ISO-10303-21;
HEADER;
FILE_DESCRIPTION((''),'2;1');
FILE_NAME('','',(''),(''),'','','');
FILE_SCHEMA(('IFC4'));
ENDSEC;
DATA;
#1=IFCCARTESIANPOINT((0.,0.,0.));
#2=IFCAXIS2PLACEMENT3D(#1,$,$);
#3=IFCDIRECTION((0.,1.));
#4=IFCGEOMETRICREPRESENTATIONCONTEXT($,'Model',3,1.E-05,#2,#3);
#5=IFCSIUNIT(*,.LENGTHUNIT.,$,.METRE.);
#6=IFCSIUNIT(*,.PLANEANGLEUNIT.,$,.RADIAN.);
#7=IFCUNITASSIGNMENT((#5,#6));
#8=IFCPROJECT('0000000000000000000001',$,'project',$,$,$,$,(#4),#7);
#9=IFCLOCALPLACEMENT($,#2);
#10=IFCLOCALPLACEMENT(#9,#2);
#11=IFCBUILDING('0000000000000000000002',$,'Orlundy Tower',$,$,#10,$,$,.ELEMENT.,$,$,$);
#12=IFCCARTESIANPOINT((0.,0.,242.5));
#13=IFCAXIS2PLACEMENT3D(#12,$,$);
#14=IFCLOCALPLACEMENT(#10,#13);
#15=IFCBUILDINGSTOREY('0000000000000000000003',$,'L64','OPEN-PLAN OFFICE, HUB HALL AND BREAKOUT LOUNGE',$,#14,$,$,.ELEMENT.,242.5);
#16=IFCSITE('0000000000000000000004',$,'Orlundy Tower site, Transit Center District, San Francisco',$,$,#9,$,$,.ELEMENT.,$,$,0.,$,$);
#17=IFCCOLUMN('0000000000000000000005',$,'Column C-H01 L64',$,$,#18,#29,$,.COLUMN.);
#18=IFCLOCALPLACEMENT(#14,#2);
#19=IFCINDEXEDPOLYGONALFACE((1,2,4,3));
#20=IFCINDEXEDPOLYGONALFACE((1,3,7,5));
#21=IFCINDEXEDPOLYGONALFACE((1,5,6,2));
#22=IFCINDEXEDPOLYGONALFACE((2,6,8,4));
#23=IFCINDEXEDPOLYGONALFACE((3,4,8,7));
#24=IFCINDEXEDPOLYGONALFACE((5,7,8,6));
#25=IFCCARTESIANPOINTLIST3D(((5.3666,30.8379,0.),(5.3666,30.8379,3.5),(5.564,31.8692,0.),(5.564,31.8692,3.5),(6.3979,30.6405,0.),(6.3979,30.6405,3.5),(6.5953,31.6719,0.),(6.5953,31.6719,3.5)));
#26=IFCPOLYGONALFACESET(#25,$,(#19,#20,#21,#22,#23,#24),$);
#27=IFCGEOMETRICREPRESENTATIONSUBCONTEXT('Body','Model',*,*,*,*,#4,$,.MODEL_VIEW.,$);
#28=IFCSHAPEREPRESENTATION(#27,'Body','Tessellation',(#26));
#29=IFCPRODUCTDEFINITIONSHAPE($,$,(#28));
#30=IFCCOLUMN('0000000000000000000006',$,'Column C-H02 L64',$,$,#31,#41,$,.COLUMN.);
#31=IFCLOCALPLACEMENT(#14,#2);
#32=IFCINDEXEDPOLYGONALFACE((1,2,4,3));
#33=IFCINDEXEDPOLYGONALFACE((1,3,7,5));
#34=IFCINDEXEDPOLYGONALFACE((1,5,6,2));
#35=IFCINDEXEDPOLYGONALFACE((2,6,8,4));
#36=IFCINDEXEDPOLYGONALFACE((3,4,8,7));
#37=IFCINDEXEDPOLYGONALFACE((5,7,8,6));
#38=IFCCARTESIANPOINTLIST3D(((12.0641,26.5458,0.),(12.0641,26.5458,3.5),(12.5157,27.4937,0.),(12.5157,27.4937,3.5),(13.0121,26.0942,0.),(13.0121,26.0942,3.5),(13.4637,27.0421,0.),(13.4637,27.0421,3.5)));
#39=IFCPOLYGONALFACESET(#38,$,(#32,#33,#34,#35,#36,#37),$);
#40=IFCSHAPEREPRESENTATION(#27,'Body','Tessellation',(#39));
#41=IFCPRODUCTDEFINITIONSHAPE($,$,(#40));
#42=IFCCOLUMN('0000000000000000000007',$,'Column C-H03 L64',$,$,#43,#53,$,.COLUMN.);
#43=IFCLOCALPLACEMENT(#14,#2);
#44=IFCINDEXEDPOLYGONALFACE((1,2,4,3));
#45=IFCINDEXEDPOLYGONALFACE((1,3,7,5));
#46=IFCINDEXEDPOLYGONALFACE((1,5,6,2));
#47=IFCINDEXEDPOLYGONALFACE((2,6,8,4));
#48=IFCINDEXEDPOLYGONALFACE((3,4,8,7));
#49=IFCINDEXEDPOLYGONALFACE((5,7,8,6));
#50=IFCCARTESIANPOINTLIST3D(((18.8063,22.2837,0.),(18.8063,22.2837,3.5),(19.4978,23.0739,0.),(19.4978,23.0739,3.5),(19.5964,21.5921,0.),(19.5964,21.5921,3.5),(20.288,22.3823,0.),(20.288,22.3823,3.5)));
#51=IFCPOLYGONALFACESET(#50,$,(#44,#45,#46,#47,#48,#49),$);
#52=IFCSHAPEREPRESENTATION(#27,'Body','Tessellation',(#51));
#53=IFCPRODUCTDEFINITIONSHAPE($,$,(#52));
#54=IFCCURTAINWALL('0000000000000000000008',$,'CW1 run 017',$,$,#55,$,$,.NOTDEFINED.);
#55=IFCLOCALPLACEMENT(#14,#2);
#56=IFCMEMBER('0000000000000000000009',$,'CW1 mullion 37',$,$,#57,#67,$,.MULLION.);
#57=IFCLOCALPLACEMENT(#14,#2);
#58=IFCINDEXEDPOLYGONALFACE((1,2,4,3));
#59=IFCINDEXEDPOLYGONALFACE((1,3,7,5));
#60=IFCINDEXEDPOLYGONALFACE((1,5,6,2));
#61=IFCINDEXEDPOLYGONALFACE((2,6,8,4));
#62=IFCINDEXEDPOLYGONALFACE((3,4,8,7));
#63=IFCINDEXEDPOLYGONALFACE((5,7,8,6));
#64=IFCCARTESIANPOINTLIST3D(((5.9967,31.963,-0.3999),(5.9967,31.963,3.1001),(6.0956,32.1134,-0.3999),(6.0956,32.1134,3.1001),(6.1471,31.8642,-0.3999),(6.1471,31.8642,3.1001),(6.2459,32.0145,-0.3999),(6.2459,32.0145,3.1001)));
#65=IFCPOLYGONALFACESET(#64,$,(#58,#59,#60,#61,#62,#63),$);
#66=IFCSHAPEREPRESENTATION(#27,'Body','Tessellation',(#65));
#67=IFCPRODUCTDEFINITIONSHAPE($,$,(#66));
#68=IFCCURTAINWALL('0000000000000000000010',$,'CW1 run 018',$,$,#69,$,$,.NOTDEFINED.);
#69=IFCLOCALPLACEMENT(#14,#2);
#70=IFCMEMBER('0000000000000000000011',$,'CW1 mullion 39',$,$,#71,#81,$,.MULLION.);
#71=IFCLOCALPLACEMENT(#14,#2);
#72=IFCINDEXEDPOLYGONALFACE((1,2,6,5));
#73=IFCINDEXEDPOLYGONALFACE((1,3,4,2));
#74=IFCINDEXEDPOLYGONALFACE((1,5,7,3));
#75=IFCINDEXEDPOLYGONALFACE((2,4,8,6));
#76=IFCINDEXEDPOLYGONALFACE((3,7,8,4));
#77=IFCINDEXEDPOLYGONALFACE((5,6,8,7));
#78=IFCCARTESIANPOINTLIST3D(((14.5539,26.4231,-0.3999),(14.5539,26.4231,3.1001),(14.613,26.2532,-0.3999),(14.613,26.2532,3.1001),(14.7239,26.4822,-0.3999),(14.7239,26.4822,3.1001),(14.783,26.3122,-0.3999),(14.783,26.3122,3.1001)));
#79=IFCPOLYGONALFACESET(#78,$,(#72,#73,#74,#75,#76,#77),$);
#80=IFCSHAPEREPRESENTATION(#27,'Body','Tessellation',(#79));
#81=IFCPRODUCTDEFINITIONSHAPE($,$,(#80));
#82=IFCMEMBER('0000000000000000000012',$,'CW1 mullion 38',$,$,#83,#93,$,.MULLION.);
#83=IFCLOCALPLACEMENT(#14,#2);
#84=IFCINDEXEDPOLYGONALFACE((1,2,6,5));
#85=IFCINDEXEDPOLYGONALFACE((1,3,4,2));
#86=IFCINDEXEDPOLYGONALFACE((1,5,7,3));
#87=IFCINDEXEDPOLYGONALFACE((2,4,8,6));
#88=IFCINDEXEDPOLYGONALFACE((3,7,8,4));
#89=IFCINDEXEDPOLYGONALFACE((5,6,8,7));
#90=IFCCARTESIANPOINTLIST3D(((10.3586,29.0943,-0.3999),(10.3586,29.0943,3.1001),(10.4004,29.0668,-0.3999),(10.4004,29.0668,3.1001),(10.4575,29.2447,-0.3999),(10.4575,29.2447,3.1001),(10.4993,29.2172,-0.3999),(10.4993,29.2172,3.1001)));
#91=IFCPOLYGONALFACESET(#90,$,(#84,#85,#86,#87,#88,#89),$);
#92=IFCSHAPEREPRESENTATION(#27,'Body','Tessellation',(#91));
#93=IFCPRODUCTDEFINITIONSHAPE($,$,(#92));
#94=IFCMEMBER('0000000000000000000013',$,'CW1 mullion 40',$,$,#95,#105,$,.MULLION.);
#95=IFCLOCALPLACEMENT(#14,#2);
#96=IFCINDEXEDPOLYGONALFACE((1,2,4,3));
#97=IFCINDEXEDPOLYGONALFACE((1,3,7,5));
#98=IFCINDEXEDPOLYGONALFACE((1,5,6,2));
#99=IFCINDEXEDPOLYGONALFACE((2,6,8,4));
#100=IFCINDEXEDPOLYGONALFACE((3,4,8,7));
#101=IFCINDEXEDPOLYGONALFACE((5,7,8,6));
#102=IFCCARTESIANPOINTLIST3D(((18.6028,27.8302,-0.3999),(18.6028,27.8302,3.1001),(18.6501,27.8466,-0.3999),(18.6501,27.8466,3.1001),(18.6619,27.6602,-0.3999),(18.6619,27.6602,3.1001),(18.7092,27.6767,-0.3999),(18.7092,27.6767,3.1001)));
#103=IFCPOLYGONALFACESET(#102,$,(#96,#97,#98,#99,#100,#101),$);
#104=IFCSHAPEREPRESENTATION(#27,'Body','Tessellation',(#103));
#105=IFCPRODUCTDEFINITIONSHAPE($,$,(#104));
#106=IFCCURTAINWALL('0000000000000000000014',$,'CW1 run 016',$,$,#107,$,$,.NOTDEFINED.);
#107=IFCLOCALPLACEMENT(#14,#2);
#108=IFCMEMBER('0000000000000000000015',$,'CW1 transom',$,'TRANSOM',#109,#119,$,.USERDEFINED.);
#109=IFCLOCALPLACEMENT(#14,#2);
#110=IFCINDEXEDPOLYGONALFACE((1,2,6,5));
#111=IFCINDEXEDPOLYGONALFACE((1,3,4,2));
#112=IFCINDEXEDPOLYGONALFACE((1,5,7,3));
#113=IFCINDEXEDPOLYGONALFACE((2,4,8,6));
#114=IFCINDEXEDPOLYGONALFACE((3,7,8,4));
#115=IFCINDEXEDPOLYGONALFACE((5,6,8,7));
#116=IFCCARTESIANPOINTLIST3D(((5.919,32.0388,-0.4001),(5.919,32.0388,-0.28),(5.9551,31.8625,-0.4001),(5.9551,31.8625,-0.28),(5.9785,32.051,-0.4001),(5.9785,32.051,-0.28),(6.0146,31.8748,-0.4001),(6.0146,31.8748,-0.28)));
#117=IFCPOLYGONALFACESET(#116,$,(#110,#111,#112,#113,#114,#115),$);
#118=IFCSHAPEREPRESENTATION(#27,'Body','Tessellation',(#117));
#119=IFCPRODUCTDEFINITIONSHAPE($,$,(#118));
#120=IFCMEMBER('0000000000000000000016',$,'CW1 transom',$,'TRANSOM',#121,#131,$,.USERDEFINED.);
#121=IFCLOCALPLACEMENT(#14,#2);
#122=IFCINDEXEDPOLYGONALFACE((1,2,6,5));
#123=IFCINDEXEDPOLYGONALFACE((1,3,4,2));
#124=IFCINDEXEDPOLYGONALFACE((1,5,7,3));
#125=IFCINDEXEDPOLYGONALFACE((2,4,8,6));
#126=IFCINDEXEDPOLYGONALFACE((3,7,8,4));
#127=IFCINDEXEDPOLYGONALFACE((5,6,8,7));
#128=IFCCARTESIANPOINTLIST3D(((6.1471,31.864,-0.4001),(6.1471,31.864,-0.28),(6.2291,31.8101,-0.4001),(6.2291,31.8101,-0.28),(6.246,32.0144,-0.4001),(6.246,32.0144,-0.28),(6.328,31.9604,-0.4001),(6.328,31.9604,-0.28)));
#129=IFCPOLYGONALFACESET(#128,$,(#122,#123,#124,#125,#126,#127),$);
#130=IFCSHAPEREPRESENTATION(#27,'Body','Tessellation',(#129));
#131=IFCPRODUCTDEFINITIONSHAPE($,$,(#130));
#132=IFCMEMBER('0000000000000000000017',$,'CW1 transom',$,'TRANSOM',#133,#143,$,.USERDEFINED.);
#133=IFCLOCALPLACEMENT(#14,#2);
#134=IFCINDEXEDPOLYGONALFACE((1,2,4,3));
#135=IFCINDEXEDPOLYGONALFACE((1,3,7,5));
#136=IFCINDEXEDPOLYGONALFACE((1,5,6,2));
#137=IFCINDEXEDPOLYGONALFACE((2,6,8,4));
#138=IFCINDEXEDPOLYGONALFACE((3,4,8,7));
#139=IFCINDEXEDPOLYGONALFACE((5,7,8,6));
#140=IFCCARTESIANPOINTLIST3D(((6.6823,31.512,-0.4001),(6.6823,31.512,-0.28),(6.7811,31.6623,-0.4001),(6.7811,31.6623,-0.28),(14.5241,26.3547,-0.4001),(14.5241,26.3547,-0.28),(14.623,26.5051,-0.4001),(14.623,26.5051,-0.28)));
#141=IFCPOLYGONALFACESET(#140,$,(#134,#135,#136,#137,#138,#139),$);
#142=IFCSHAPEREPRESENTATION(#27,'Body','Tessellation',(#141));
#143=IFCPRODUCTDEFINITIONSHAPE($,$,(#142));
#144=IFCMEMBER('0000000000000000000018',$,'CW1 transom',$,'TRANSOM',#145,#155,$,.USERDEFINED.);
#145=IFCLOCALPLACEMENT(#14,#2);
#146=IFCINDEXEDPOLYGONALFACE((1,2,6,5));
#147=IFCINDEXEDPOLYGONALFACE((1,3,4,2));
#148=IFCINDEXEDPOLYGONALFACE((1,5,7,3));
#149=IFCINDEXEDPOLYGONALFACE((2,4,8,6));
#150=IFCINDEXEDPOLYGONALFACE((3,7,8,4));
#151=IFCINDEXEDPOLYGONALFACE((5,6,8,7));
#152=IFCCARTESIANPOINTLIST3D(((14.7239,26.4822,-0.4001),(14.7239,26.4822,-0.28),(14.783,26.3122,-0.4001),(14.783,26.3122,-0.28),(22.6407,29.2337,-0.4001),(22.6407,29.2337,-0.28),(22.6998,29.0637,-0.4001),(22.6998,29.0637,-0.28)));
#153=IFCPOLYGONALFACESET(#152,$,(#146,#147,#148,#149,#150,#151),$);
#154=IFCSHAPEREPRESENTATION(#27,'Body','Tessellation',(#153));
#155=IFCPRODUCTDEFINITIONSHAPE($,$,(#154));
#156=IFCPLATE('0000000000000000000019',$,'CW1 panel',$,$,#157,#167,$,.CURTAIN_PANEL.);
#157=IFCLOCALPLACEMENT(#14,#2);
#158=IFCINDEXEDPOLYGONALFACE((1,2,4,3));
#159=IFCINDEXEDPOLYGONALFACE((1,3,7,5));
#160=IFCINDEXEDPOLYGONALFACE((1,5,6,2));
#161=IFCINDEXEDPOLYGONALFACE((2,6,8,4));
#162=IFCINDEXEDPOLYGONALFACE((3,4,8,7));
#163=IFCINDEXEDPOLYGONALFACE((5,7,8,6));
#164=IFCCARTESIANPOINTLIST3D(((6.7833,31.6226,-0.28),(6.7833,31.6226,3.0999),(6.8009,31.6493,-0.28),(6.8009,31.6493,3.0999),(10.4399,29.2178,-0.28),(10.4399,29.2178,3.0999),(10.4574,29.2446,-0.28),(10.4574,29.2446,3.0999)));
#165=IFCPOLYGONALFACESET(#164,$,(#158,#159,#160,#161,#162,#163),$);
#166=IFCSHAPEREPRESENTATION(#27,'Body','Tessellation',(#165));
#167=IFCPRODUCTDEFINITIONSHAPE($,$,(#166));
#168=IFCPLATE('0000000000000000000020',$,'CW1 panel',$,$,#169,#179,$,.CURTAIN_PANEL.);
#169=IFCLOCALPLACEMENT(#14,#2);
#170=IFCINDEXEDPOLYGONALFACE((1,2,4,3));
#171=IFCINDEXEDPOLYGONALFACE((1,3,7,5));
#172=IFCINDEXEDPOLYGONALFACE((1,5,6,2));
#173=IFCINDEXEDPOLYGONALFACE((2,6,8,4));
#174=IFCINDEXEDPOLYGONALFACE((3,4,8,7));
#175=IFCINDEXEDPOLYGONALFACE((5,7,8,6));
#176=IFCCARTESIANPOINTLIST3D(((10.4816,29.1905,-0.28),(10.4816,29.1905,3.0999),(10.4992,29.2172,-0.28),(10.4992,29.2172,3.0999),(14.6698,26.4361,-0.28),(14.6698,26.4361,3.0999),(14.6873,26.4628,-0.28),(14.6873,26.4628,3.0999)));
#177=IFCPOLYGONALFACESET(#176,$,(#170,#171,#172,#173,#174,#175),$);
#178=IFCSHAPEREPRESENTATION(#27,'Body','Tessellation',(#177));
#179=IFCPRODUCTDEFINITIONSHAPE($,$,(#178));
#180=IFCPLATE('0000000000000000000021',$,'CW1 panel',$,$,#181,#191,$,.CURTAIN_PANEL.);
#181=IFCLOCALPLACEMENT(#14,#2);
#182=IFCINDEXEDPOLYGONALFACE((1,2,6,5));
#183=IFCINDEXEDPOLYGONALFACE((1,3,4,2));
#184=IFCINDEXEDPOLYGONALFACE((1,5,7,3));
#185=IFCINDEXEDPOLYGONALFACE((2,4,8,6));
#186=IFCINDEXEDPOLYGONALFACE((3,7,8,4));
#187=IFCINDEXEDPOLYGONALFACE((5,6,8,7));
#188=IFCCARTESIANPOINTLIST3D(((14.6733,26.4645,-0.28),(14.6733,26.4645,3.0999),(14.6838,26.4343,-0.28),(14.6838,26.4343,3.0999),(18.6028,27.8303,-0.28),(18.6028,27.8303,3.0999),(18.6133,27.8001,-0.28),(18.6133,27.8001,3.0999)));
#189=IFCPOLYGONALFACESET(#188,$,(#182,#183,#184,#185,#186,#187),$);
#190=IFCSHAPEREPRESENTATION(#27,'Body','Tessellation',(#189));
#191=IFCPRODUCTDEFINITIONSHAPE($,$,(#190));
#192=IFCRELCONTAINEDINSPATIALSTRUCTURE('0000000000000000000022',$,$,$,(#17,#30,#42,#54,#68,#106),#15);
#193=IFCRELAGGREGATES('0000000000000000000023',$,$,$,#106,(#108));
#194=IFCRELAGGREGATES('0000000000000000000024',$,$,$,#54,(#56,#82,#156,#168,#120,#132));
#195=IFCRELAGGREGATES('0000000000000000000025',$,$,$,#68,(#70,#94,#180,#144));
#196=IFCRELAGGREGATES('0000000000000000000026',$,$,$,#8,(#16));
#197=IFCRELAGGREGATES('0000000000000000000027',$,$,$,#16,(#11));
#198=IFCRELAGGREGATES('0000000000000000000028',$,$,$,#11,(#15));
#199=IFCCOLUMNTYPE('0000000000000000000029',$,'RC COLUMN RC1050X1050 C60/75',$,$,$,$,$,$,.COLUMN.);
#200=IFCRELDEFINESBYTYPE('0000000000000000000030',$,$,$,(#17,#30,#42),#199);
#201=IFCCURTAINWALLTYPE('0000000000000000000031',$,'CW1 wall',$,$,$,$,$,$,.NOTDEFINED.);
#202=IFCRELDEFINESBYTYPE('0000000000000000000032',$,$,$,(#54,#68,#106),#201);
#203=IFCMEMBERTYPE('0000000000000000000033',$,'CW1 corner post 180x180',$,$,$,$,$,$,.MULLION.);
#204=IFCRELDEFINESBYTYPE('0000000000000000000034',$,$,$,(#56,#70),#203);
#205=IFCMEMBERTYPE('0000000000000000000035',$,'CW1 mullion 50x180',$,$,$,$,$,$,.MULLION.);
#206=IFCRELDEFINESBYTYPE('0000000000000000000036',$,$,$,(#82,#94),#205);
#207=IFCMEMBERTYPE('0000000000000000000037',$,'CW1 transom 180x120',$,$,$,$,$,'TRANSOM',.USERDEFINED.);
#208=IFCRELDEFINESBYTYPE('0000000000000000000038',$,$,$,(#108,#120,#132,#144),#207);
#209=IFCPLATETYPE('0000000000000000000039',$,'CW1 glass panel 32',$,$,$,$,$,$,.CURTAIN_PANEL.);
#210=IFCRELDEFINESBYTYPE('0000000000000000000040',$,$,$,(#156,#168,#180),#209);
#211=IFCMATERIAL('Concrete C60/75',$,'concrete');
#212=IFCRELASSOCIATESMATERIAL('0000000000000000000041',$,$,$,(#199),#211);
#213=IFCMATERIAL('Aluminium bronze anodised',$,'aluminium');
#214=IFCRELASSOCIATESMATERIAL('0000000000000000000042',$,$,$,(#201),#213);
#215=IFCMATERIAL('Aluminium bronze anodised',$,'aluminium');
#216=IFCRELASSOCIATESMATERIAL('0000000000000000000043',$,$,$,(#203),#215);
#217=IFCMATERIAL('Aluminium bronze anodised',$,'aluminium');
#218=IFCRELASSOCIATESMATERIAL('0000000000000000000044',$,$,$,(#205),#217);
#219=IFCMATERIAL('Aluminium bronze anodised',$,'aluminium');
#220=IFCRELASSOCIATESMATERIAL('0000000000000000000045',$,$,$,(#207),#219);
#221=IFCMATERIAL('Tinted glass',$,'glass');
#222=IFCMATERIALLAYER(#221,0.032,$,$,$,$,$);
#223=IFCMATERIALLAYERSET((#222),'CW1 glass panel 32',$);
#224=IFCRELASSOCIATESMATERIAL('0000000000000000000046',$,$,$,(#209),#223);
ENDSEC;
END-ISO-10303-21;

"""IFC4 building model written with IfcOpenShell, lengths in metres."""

from ifc_helpers import new_model, si_unit, direction, frame, origin, origin_2d, place, context, subcontext, project, spatial, rectangle, extrude, material, layer, layer_set, material_profile, profile_set, type_object, element, aggregate, save


model = new_model("IFC4")

# Units and contexts
model_context = context("Model", 3, precision=1e-05, world=origin(), true_north=direction((0.0, 1.0)))
body_context = subcontext(model_context, "Body", "Model", "MODEL_VIEW")
ifc_project = project(units=[si_unit("LENGTHUNIT", "METRE"), si_unit("PLANEANGLEUNIT", "RADIAN")], contexts=[model_context])

# Site, building, storey
site_placement = place(None, origin())
site = spatial("IfcSite", under=ifc_project, at=site_placement, Name="Orlundy Tower site, Transit Center District, San Francisco", CompositionType="ELEMENT", RefElevation=0.0)
building_placement = place(site_placement, origin())
building = spatial("IfcBuilding", under=site, at=building_placement, Name="Orlundy Tower", CompositionType="ELEMENT")
storey_placement = place(building_placement, frame((0.0, 0.0, 242.5)))
storey = spatial("IfcBuildingStorey", under=building, at=storey_placement, Name="L64", Description="OPEN-PLAN OFFICE, HUB HALL AND BREAKOUT LOUNGE", CompositionType="ELEMENT", Elevation=242.5)

# Columns
ifc_material_1 = material(Name="Concrete C60/75", Category="concrete")
ifc_material_profile_1 = material_profile(ifc_material_1, rectangle(XDim=1.05, YDim=1.05, at=origin_2d()), Name="RC1050X1050")
ifc_profile_set_1 = profile_set([ifc_material_profile_1], Name="Concrete C60/75")
column_type = type_object("IfcColumnType", Name="RC COLUMN RC1050X1050 C60/75", PredefinedType="COLUMN", material=ifc_profile_set_1)
for number, where, z_axis, x_axis, name in (
    (1, (5.981, 31.2549, 0.0), (0.0, 0.0, 1.0), (0.187947, 0.982179, 0.0), "Column C-H01 L64"),
    (2, (12.7639, 26.7939, 0.0), (0.0, 0.0, 1.0), (0.43007, 0.902796, 0.0), "Column C-H02 L64"),
    (3, (19.5471, 22.333, 0.0), (0.0, 0.0, 1.0), (0.658611, 0.752484, 0.0), "Column C-H03 L64"),
):
    element("IfcColumn", number, at=place(storey_placement, frame(where, z_axis=z_axis, x_axis=x_axis)), inside=storey, type_object=column_type, Name=name, PredefinedType="COLUMN", context=body_context, shape_type="SweptSolid", body=[
        extrude(rectangle(XDim=1.05, YDim=1.05, at=origin_2d()), origin(), (0.0, 0.0, 1.0), 3.5),
    ])

# Curtain walls, members
ifc_material_2 = material(Name="Aluminium bronze anodised", Category="aluminium")
curtain_wall_type = type_object("IfcCurtainWallType", Name="CW1 wall", PredefinedType="NOTDEFINED", material=ifc_material_2)
curtain_wall_1_placement = place(storey_placement, origin())
curtain_wall_1 = element("IfcCurtainWall", 4, at=curtain_wall_1_placement, inside=storey, type_object=curtain_wall_type, Name="CW1 run 017", PredefinedType="NOTDEFINED")
ifc_material_3 = material(Name="Aluminium bronze anodised", Category="aluminium")
ifc_material_profile_2 = material_profile(ifc_material_3, rectangle(XDim=0.1799, YDim=0.1799, at=origin_2d()), Name="CW1 corner post 180x180")
ifc_profile_set_2 = profile_set([ifc_material_profile_2], Name="Aluminium bronze anodised")
member_type_1 = type_object("IfcMemberType", Name="CW1 corner post 180x180", PredefinedType="MULLION", material=ifc_profile_set_2)
member_1_placement = place(storey_placement, frame((6.1213, 31.9888, -0.3999), z_axis=(0.0, 0.0, 1.0), x_axis=(0.549482, 0.835506, 0.0)))
member_1 = element("IfcMember", 5, at=member_1_placement, type_object=member_type_1, Name="CW1 mullion 37", PredefinedType="MULLION", context=body_context, shape_type="SweptSolid", body=[
    extrude(rectangle(XDim=0.1799, YDim=0.1799, at=origin_2d()), origin(), (0.0, 0.0, 1.0), 3.5),
])
curtain_wall_2_placement = place(storey_placement, origin())
curtain_wall_2 = element("IfcCurtainWall", 6, at=curtain_wall_2_placement, inside=storey, type_object=curtain_wall_type, Name="CW1 run 018", PredefinedType="NOTDEFINED")
member_2_placement = place(storey_placement, frame((14.6685, 26.3677, -0.3999), z_axis=(0.0, 0.0, 1.0), x_axis=(-0.328298, 0.944574, 0.0)))
member_2 = element("IfcMember", 7, at=member_2_placement, type_object=member_type_1, Name="CW1 mullion 39", PredefinedType="MULLION", context=body_context, shape_type="SweptSolid", body=[
    extrude(rectangle(XDim=0.1799, YDim=0.1799, at=origin_2d()), origin(), (0.0, 0.0, 1.0), 3.5),
])

# Members
ifc_material_4 = material(Name="Aluminium bronze anodised", Category="aluminium")
ifc_material_profile_3 = material_profile(ifc_material_4, rectangle(XDim=0.1799, YDim=0.05, at=origin_2d()), Name="CW1 mullion 50x180")
ifc_profile_set_3 = profile_set([ifc_material_profile_3], Name="Aluminium bronze anodised")
member_type_2 = type_object("IfcMemberType", Name="CW1 mullion 50x180", PredefinedType="MULLION", material=ifc_profile_set_3)
member_3_placement = place(storey_placement, frame((10.429, 29.1558, -0.3999), z_axis=(0.0, 0.0, 1.0), x_axis=(0.549482, 0.835506, 0.0)))
member_3 = element("IfcMember", 8, at=member_3_placement, type_object=member_type_2, Name="CW1 mullion 38", PredefinedType="MULLION", context=body_context, shape_type="SweptSolid", body=[
    extrude(rectangle(XDim=0.1799, YDim=0.05, at=origin_2d()), origin(), (0.0, 0.0, 1.0), 3.5),
])
member_4_placement = place(storey_placement, frame((18.656, 27.7534, -0.3999), z_axis=(0.0, 0.0, 1.0), x_axis=(-0.328298, 0.944574, 0.0)))
member_4 = element("IfcMember", 9, at=member_4_placement, type_object=member_type_2, Name="CW1 mullion 40", PredefinedType="MULLION", context=body_context, shape_type="SweptSolid", body=[
    extrude(rectangle(XDim=0.1799, YDim=0.05, at=origin_2d()), origin(), (0.0, 0.0, 1.0), 3.5),
])

# Curtain wall, member
curtain_wall_3_placement = place(storey_placement, origin())
curtain_wall_3 = element("IfcCurtainWall", 10, at=curtain_wall_3_placement, inside=storey, type_object=curtain_wall_type, Name="CW1 run 016", PredefinedType="NOTDEFINED")
ifc_material_5 = material(Name="Aluminium bronze anodised", Category="aluminium")
ifc_material_profile_4 = material_profile(ifc_material_5, rectangle(XDim=0.1799, YDim=0.1201, at=origin_2d()), Name="CW1 transom 180x120")
ifc_profile_set_4 = profile_set([ifc_material_profile_4], Name="Aluminium bronze anodised")
member_type_3 = type_object("IfcMemberType", Name="CW1 transom 180x120", ElementType="TRANSOM", PredefinedType="USERDEFINED", material=ifc_profile_set_4)
member_5_placement = place(storey_placement, frame((5.937, 31.9507, -0.3401), z_axis=(0.979643, 0.200747, 0.0), x_axis=(-0.200747, 0.979643, 0.0)))
member_5 = element("IfcMember", 11, at=member_5_placement, type_object=member_type_3, Name="CW1 transom", ObjectType="TRANSOM", PredefinedType="USERDEFINED", context=body_context, shape_type="SweptSolid", body=[
    extrude(rectangle(XDim=0.1799, YDim=0.1201, at=origin_2d()), origin(), (0.0, 0.0, 1.0), 0.0608),
])
aggregate(curtain_wall_3, [member_5])

# Members
member_6_placement = place(storey_placement, frame((6.1965, 31.9392, -0.3401), z_axis=(0.835477, -0.549525, 0.0), x_axis=(0.549525, 0.835477, 0.0)))
member_6 = element("IfcMember", 12, at=member_6_placement, type_object=member_type_3, Name="CW1 transom", ObjectType="TRANSOM", PredefinedType="USERDEFINED", context=body_context, shape_type="SweptSolid", body=[
    extrude(rectangle(XDim=0.1799, YDim=0.1201, at=origin_2d()), origin(), (0.0, 0.0, 1.0), 0.0981),
])
member_7_placement = place(storey_placement, frame((6.7317, 31.5872, -0.3401), z_axis=(0.835508, -0.549479, 0.0), x_axis=(0.549479, 0.835508, 0.0)))
member_7 = element("IfcMember", 13, at=member_7_placement, type_object=member_type_3, Name="CW1 transom", ObjectType="TRANSOM", PredefinedType="USERDEFINED", context=body_context, shape_type="SweptSolid", body=[
    extrude(rectangle(XDim=0.1799, YDim=0.1201, at=origin_2d()), origin(), (0.0, 0.0, 1.0), 9.3857),
])
member_8_placement = place(storey_placement, frame((14.7534, 26.3972, -0.3401), z_axis=(0.944578, 0.328288, 0.0), x_axis=(-0.328288, 0.944578, 0.0)))
member_8 = element("IfcMember", 14, at=member_8_placement, type_object=member_type_3, Name="CW1 transom", ObjectType="TRANSOM", PredefinedType="USERDEFINED", context=body_context, shape_type="SweptSolid", body=[
    extrude(rectangle(XDim=0.1799, YDim=0.1201, at=origin_2d()), origin(), (0.0, 0.0, 1.0), 8.3813),
])

# Plates
ifc_material_6 = material(Name="Tinted glass", Category="glass")
ifc_layer_1 = layer(ifc_material_6, 0.032)
ifc_layer_set_1 = layer_set([ifc_layer_1], Name="CW1 glass panel 32")
plate_type = type_object("IfcPlateType", Name="CW1 glass panel 32", PredefinedType="CURTAIN_PANEL", material=ifc_layer_set_1)
plate_1_placement = place(storey_placement, frame((8.6204, 30.4336, -0.28), z_axis=(0.0, 0.0, 1.0), x_axis=(0.835506, -0.549482, 0.0)))
plate_1 = element("IfcPlate", 15, at=plate_1_placement, type_object=plate_type, Name="CW1 panel", PredefinedType="CURTAIN_PANEL", context=body_context, shape_type="SweptSolid", body=[
    extrude(rectangle(XDim=4.3765, YDim=0.032, at=origin_2d()), origin(), (0.0, 0.0, 1.0), 3.3799),
])
plate_2_placement = place(storey_placement, frame((12.5845, 27.8267, -0.28), z_axis=(0.0, 0.0, 1.0), x_axis=(0.835506, -0.549482, 0.0)))
plate_2 = element("IfcPlate", 16, at=plate_2_placement, type_object=plate_type, Name="CW1 panel", PredefinedType="CURTAIN_PANEL", context=body_context, shape_type="SweptSolid", body=[
    extrude(rectangle(XDim=5.0127, YDim=0.032, at=origin_2d()), origin(), (0.0, 0.0, 1.0), 3.3799),
])
aggregate(curtain_wall_1, [member_1, member_3, plate_1, plate_2, member_6, member_7])
plate_3_placement = place(storey_placement, frame((16.6433, 27.1323, -0.28), z_axis=(0.0, 0.0, 1.0), x_axis=(0.944574, 0.328298, 0.0)))
plate_3 = element("IfcPlate", 17, at=plate_3_placement, type_object=plate_type, Name="CW1 panel", PredefinedType="CURTAIN_PANEL", context=body_context, shape_type="SweptSolid", body=[
    extrude(rectangle(XDim=4.1602, YDim=0.032, at=origin_2d()), origin(), (0.0, 0.0, 1.0), 3.3799),
])
aggregate(curtain_wall_2, [member_2, member_4, plate_3, member_8])

save(model, "model.ifc")
